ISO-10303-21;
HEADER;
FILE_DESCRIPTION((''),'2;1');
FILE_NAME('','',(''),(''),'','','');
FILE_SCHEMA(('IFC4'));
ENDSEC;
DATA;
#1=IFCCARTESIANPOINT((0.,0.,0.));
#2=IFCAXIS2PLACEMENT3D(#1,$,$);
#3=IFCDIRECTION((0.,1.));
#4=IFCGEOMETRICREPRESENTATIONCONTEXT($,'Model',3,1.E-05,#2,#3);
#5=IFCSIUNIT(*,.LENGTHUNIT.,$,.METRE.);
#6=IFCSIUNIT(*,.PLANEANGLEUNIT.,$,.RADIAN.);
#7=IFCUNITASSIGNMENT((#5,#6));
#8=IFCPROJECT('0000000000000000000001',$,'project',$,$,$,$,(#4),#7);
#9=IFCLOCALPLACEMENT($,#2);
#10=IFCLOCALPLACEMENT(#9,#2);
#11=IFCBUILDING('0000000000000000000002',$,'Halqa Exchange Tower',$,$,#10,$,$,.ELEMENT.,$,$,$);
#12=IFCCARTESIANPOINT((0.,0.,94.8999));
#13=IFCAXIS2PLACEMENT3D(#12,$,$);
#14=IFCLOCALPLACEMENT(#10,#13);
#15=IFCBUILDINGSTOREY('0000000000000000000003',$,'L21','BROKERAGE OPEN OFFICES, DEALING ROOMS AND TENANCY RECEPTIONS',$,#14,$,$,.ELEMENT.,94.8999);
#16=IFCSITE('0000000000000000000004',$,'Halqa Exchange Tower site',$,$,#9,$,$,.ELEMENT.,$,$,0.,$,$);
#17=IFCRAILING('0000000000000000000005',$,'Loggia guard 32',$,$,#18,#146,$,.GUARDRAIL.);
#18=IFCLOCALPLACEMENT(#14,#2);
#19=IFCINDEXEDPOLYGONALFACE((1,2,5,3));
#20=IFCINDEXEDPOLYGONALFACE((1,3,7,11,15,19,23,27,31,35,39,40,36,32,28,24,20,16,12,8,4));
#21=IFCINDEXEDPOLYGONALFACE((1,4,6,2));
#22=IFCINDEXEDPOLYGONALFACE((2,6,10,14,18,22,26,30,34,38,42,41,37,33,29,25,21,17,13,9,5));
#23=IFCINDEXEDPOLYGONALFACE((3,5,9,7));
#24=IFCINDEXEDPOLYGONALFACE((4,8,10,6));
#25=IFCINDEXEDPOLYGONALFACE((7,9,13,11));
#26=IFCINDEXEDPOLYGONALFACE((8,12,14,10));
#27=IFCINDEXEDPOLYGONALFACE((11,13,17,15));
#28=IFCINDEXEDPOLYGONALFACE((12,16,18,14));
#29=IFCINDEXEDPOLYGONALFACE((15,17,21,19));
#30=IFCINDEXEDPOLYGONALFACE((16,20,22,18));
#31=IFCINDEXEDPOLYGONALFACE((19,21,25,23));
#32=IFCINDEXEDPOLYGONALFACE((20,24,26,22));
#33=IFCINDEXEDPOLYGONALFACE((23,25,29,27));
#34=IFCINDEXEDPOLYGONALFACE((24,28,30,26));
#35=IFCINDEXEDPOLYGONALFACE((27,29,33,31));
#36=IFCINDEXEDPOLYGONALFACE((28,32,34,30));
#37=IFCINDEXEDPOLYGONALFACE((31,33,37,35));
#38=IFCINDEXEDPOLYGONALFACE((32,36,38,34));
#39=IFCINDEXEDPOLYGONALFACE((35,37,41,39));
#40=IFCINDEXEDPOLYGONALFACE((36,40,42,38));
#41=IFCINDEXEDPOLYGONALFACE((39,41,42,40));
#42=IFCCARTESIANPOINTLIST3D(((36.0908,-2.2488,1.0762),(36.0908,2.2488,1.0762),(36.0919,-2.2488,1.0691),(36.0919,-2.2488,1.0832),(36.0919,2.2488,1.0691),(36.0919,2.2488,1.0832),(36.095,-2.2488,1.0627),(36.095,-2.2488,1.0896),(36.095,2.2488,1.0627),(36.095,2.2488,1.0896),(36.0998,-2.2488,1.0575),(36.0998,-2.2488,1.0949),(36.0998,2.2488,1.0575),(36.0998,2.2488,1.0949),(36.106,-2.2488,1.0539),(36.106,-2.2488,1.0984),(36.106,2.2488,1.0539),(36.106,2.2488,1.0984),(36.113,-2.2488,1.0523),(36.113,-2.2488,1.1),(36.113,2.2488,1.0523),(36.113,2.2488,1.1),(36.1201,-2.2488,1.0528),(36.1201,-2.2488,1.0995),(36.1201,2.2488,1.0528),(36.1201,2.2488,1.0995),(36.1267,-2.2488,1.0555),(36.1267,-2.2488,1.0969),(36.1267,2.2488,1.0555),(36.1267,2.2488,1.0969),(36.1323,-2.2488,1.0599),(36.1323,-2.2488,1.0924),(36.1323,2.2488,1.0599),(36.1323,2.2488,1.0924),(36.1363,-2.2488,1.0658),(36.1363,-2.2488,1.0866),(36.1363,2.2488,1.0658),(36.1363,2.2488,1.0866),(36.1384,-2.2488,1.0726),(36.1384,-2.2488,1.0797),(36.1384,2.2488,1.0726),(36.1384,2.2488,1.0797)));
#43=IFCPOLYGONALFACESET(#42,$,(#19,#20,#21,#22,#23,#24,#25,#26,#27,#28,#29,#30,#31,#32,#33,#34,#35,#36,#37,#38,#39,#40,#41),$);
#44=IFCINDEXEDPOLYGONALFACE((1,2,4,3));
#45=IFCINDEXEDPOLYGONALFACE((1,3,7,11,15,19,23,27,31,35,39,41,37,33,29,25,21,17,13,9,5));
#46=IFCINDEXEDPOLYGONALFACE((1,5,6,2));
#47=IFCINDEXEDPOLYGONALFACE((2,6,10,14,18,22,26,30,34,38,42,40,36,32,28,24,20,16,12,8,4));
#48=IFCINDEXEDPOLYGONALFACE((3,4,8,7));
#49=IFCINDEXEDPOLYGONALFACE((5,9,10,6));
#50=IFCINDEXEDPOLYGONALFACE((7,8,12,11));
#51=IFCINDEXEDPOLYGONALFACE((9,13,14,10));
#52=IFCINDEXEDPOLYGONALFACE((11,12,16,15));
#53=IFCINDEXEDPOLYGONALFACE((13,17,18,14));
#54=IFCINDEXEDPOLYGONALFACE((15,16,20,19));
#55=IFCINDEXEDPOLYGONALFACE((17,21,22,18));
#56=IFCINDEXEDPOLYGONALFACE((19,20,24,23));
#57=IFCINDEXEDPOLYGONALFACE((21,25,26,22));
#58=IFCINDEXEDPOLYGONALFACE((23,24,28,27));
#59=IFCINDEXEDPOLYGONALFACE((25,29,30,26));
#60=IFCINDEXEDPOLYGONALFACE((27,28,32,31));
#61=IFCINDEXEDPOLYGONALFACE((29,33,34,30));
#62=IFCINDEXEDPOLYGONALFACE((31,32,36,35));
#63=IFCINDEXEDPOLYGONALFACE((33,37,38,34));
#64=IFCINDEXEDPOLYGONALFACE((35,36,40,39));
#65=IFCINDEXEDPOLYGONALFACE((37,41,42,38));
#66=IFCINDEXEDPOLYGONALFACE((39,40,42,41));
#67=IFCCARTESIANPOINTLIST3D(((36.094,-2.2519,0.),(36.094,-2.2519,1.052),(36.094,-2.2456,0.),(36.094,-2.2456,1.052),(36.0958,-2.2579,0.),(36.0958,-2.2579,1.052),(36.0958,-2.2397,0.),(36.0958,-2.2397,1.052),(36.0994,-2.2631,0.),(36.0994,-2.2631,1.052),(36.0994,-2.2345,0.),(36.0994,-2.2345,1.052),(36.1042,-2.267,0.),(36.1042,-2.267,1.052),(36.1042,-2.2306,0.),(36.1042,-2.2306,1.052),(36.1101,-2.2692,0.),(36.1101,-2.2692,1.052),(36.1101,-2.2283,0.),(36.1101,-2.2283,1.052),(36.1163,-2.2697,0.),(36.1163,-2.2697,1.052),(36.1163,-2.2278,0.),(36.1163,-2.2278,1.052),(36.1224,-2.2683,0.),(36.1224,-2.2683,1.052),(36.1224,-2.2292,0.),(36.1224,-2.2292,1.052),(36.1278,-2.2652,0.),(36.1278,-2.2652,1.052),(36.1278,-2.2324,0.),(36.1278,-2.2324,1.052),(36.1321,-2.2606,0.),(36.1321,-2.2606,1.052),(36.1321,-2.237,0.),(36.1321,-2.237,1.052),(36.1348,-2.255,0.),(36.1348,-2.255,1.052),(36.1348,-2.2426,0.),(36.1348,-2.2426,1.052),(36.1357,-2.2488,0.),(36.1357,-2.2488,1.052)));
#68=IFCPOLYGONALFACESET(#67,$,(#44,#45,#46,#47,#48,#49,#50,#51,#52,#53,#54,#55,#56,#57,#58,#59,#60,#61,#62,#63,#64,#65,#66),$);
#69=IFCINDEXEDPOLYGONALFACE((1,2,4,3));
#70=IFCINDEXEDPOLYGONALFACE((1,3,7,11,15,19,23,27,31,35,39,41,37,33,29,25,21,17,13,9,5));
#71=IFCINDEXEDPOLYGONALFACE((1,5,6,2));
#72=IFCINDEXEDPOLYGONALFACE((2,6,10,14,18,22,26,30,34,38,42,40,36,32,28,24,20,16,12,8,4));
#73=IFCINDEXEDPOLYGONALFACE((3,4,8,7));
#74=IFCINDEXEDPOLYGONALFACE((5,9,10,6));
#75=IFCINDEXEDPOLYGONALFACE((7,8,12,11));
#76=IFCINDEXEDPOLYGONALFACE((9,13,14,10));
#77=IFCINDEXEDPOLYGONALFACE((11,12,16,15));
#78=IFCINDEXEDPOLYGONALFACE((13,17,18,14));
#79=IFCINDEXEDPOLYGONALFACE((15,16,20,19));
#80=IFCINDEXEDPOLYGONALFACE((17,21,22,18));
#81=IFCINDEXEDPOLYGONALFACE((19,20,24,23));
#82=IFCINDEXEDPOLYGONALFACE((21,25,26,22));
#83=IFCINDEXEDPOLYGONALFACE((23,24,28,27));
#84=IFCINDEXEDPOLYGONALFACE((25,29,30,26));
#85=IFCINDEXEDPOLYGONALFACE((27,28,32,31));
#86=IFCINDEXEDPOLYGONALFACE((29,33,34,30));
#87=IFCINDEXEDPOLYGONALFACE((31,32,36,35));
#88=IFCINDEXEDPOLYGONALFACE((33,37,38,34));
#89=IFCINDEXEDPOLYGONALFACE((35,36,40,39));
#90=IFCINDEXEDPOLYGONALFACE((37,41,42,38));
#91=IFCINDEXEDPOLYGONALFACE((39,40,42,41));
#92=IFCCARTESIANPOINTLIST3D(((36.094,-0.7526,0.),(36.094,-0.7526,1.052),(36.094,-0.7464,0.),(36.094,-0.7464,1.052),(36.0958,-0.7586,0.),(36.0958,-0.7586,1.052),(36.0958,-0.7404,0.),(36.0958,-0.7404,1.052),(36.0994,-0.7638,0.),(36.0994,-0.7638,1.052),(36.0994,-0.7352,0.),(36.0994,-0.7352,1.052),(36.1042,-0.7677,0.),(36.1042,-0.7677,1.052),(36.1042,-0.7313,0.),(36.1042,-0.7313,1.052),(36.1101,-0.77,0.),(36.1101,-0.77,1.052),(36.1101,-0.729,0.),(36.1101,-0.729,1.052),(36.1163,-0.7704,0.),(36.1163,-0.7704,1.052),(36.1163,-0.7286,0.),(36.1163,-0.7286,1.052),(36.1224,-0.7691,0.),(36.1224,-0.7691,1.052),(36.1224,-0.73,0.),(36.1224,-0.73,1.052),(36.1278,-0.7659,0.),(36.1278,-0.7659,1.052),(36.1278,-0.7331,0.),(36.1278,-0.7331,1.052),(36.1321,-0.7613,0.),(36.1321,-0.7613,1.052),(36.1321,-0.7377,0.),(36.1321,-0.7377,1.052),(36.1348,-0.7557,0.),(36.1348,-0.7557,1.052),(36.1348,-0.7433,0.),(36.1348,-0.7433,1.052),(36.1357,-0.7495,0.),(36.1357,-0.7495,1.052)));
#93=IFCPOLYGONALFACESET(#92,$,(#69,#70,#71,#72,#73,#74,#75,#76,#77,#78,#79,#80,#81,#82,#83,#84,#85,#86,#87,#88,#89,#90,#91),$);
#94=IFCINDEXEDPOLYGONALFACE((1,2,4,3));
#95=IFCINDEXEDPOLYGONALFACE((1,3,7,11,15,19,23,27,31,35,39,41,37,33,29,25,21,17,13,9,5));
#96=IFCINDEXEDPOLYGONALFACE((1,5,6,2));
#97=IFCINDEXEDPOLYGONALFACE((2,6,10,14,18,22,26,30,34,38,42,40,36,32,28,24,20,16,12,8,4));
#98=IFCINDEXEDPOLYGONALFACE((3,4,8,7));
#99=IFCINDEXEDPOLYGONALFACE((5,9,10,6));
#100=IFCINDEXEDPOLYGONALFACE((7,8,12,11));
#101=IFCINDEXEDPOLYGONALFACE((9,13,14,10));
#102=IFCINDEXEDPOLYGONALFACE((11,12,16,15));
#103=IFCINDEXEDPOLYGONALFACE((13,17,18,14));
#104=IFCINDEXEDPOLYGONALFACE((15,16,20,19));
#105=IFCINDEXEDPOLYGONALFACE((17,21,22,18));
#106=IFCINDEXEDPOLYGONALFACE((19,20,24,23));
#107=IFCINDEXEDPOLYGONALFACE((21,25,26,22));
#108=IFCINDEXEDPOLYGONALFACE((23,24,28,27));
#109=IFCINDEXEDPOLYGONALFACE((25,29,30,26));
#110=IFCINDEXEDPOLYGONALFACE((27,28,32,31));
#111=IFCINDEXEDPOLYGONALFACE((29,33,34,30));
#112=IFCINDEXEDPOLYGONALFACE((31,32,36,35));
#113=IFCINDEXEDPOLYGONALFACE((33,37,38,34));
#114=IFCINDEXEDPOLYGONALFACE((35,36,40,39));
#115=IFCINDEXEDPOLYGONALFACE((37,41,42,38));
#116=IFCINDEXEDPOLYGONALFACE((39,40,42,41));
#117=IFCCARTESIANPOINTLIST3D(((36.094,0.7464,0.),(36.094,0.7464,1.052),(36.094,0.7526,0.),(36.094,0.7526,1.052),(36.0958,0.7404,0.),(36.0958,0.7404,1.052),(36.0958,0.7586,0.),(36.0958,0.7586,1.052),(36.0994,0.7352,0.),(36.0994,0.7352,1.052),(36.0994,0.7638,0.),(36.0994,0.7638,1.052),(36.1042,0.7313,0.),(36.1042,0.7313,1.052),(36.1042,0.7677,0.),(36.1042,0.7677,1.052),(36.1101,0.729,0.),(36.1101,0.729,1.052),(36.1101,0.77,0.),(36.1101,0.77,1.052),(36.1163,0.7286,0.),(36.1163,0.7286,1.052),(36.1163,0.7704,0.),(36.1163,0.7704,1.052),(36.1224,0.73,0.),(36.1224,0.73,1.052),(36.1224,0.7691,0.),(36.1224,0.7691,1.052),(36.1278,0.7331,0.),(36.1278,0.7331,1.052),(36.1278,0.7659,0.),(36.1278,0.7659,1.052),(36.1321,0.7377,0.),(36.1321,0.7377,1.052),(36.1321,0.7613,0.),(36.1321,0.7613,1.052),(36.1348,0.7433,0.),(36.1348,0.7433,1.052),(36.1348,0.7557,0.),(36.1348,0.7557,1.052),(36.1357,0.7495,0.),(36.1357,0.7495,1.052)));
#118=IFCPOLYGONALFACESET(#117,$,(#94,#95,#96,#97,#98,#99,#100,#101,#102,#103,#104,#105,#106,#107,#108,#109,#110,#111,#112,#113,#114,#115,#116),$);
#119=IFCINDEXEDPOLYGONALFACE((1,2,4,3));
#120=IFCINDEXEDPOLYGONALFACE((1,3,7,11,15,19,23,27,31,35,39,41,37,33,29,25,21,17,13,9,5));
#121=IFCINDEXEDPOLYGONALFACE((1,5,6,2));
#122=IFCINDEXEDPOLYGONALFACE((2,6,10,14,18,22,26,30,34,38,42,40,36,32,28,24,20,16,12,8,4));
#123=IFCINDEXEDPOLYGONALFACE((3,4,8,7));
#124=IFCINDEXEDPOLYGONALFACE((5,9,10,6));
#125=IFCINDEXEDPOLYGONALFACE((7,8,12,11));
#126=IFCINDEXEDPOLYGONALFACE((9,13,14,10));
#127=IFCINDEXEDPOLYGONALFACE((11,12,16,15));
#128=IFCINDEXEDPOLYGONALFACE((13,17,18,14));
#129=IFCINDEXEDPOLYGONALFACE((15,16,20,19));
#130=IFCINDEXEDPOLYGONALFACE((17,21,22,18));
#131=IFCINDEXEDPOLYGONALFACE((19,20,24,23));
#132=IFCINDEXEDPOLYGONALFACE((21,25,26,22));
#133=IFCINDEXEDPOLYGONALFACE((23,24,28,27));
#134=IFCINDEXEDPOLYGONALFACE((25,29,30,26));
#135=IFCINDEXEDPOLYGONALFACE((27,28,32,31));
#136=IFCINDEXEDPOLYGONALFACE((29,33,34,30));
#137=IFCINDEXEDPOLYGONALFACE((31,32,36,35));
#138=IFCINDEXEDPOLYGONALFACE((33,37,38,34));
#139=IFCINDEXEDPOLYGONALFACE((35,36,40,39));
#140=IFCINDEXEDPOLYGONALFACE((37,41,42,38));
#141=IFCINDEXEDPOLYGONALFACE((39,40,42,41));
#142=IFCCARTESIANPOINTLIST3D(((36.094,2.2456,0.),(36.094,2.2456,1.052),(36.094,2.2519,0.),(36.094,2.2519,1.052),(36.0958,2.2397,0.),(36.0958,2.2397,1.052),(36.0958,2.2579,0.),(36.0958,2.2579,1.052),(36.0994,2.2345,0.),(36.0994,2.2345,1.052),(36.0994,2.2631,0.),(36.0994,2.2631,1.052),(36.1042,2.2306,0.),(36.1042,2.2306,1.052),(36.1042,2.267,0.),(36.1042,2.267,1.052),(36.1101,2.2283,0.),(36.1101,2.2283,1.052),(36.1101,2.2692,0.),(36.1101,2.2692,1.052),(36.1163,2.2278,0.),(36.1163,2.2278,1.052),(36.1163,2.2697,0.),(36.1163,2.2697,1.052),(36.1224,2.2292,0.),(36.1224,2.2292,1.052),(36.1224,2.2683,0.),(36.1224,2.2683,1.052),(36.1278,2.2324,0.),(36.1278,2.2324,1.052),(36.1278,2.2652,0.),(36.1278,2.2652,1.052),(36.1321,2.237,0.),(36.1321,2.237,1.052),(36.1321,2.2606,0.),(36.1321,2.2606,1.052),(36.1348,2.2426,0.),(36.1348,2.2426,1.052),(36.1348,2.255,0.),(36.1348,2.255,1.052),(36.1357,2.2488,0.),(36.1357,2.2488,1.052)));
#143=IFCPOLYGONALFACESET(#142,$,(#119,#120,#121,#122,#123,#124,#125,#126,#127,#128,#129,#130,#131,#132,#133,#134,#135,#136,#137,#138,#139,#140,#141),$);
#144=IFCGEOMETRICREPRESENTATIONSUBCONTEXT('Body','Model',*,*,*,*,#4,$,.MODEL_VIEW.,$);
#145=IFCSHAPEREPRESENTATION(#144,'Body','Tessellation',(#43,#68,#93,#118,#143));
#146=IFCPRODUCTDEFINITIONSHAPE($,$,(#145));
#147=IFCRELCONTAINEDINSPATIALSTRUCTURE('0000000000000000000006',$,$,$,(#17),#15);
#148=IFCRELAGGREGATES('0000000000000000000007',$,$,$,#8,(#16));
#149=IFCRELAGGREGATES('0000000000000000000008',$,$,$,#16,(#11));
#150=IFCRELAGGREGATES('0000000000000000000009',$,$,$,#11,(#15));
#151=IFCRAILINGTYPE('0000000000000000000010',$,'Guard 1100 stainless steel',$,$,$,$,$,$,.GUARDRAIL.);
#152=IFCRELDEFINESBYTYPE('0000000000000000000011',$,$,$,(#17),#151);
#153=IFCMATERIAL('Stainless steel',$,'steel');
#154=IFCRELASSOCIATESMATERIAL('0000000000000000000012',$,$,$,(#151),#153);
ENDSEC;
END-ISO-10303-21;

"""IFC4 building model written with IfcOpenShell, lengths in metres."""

from ifc_helpers import new_model, si_unit, direction, frame, origin, origin_2d, place, context, subcontext, project, spatial, circle, extrude, material, type_object, element, save


model = new_model("IFC4")

# Units and contexts
model_context = context("Model", 3, precision=1e-05, world=origin(), true_north=direction((0.0, 1.0)))
body_context = subcontext(model_context, "Body", "Model", "MODEL_VIEW")
ifc_project = project(units=[si_unit("LENGTHUNIT", "METRE"), si_unit("PLANEANGLEUNIT", "RADIAN")], contexts=[model_context])

# Site, building, storey
site_placement = place(None, origin())
site = spatial("IfcSite", under=ifc_project, at=site_placement, Name="Halqa Exchange Tower site", CompositionType="ELEMENT", RefElevation=0.0)
building_placement = place(site_placement, origin())
building = spatial("IfcBuilding", under=site, at=building_placement, Name="Halqa Exchange Tower", CompositionType="ELEMENT")
storey_placement = place(building_placement, frame((0.0, 0.0, 94.8999)))
storey = spatial("IfcBuildingStorey", under=building, at=storey_placement, Name="L21", Description="BROKERAGE OPEN OFFICES, DEALING ROOMS AND TENANCY RECEPTIONS", CompositionType="ELEMENT", Elevation=94.8999)

# Railing
ifc_material_1 = material(Name="Stainless steel", Category="steel")
railing_type = type_object("IfcRailingType", Name="Guard 1100 stainless steel", PredefinedType="GUARDRAIL", material=ifc_material_1)
railing_1_placement = place(storey_placement, frame((36.1147, -2.2488, 0.0)))
element("IfcRailing", 1, at=railing_1_placement, inside=storey, type_object=railing_type, Name="Loggia guard 32", PredefinedType="GUARDRAIL", context=body_context, shape_type="SweptSolid", body=[
    extrude(circle(Radius=0.0239, at=origin_2d()), frame((0.0, 0.0, 1.0762), z_axis=(0.0, 1.0, 0.0), x_axis=(-1.0, 0.0, 0.0)), (0.0, 0.0, 1.0), 4.4976),
    extrude(circle(Radius=0.021, at=origin_2d()), origin(), (0.0, 0.0, 1.0), 1.052),
    extrude(circle(Radius=0.021, at=origin_2d()), frame((0.0, 1.4993, 0.0)), (0.0, 0.0, 1.0), 1.052),
    extrude(circle(Radius=0.021, at=origin_2d()), frame((0.0, 2.9983, 0.0)), (0.0, 0.0, 1.0), 1.052),
    extrude(circle(Radius=0.021, at=origin_2d()), frame((0.0, 4.4976, 0.0)), (0.0, 0.0, 1.0), 1.052),
])

save(model, "model.ifc")
